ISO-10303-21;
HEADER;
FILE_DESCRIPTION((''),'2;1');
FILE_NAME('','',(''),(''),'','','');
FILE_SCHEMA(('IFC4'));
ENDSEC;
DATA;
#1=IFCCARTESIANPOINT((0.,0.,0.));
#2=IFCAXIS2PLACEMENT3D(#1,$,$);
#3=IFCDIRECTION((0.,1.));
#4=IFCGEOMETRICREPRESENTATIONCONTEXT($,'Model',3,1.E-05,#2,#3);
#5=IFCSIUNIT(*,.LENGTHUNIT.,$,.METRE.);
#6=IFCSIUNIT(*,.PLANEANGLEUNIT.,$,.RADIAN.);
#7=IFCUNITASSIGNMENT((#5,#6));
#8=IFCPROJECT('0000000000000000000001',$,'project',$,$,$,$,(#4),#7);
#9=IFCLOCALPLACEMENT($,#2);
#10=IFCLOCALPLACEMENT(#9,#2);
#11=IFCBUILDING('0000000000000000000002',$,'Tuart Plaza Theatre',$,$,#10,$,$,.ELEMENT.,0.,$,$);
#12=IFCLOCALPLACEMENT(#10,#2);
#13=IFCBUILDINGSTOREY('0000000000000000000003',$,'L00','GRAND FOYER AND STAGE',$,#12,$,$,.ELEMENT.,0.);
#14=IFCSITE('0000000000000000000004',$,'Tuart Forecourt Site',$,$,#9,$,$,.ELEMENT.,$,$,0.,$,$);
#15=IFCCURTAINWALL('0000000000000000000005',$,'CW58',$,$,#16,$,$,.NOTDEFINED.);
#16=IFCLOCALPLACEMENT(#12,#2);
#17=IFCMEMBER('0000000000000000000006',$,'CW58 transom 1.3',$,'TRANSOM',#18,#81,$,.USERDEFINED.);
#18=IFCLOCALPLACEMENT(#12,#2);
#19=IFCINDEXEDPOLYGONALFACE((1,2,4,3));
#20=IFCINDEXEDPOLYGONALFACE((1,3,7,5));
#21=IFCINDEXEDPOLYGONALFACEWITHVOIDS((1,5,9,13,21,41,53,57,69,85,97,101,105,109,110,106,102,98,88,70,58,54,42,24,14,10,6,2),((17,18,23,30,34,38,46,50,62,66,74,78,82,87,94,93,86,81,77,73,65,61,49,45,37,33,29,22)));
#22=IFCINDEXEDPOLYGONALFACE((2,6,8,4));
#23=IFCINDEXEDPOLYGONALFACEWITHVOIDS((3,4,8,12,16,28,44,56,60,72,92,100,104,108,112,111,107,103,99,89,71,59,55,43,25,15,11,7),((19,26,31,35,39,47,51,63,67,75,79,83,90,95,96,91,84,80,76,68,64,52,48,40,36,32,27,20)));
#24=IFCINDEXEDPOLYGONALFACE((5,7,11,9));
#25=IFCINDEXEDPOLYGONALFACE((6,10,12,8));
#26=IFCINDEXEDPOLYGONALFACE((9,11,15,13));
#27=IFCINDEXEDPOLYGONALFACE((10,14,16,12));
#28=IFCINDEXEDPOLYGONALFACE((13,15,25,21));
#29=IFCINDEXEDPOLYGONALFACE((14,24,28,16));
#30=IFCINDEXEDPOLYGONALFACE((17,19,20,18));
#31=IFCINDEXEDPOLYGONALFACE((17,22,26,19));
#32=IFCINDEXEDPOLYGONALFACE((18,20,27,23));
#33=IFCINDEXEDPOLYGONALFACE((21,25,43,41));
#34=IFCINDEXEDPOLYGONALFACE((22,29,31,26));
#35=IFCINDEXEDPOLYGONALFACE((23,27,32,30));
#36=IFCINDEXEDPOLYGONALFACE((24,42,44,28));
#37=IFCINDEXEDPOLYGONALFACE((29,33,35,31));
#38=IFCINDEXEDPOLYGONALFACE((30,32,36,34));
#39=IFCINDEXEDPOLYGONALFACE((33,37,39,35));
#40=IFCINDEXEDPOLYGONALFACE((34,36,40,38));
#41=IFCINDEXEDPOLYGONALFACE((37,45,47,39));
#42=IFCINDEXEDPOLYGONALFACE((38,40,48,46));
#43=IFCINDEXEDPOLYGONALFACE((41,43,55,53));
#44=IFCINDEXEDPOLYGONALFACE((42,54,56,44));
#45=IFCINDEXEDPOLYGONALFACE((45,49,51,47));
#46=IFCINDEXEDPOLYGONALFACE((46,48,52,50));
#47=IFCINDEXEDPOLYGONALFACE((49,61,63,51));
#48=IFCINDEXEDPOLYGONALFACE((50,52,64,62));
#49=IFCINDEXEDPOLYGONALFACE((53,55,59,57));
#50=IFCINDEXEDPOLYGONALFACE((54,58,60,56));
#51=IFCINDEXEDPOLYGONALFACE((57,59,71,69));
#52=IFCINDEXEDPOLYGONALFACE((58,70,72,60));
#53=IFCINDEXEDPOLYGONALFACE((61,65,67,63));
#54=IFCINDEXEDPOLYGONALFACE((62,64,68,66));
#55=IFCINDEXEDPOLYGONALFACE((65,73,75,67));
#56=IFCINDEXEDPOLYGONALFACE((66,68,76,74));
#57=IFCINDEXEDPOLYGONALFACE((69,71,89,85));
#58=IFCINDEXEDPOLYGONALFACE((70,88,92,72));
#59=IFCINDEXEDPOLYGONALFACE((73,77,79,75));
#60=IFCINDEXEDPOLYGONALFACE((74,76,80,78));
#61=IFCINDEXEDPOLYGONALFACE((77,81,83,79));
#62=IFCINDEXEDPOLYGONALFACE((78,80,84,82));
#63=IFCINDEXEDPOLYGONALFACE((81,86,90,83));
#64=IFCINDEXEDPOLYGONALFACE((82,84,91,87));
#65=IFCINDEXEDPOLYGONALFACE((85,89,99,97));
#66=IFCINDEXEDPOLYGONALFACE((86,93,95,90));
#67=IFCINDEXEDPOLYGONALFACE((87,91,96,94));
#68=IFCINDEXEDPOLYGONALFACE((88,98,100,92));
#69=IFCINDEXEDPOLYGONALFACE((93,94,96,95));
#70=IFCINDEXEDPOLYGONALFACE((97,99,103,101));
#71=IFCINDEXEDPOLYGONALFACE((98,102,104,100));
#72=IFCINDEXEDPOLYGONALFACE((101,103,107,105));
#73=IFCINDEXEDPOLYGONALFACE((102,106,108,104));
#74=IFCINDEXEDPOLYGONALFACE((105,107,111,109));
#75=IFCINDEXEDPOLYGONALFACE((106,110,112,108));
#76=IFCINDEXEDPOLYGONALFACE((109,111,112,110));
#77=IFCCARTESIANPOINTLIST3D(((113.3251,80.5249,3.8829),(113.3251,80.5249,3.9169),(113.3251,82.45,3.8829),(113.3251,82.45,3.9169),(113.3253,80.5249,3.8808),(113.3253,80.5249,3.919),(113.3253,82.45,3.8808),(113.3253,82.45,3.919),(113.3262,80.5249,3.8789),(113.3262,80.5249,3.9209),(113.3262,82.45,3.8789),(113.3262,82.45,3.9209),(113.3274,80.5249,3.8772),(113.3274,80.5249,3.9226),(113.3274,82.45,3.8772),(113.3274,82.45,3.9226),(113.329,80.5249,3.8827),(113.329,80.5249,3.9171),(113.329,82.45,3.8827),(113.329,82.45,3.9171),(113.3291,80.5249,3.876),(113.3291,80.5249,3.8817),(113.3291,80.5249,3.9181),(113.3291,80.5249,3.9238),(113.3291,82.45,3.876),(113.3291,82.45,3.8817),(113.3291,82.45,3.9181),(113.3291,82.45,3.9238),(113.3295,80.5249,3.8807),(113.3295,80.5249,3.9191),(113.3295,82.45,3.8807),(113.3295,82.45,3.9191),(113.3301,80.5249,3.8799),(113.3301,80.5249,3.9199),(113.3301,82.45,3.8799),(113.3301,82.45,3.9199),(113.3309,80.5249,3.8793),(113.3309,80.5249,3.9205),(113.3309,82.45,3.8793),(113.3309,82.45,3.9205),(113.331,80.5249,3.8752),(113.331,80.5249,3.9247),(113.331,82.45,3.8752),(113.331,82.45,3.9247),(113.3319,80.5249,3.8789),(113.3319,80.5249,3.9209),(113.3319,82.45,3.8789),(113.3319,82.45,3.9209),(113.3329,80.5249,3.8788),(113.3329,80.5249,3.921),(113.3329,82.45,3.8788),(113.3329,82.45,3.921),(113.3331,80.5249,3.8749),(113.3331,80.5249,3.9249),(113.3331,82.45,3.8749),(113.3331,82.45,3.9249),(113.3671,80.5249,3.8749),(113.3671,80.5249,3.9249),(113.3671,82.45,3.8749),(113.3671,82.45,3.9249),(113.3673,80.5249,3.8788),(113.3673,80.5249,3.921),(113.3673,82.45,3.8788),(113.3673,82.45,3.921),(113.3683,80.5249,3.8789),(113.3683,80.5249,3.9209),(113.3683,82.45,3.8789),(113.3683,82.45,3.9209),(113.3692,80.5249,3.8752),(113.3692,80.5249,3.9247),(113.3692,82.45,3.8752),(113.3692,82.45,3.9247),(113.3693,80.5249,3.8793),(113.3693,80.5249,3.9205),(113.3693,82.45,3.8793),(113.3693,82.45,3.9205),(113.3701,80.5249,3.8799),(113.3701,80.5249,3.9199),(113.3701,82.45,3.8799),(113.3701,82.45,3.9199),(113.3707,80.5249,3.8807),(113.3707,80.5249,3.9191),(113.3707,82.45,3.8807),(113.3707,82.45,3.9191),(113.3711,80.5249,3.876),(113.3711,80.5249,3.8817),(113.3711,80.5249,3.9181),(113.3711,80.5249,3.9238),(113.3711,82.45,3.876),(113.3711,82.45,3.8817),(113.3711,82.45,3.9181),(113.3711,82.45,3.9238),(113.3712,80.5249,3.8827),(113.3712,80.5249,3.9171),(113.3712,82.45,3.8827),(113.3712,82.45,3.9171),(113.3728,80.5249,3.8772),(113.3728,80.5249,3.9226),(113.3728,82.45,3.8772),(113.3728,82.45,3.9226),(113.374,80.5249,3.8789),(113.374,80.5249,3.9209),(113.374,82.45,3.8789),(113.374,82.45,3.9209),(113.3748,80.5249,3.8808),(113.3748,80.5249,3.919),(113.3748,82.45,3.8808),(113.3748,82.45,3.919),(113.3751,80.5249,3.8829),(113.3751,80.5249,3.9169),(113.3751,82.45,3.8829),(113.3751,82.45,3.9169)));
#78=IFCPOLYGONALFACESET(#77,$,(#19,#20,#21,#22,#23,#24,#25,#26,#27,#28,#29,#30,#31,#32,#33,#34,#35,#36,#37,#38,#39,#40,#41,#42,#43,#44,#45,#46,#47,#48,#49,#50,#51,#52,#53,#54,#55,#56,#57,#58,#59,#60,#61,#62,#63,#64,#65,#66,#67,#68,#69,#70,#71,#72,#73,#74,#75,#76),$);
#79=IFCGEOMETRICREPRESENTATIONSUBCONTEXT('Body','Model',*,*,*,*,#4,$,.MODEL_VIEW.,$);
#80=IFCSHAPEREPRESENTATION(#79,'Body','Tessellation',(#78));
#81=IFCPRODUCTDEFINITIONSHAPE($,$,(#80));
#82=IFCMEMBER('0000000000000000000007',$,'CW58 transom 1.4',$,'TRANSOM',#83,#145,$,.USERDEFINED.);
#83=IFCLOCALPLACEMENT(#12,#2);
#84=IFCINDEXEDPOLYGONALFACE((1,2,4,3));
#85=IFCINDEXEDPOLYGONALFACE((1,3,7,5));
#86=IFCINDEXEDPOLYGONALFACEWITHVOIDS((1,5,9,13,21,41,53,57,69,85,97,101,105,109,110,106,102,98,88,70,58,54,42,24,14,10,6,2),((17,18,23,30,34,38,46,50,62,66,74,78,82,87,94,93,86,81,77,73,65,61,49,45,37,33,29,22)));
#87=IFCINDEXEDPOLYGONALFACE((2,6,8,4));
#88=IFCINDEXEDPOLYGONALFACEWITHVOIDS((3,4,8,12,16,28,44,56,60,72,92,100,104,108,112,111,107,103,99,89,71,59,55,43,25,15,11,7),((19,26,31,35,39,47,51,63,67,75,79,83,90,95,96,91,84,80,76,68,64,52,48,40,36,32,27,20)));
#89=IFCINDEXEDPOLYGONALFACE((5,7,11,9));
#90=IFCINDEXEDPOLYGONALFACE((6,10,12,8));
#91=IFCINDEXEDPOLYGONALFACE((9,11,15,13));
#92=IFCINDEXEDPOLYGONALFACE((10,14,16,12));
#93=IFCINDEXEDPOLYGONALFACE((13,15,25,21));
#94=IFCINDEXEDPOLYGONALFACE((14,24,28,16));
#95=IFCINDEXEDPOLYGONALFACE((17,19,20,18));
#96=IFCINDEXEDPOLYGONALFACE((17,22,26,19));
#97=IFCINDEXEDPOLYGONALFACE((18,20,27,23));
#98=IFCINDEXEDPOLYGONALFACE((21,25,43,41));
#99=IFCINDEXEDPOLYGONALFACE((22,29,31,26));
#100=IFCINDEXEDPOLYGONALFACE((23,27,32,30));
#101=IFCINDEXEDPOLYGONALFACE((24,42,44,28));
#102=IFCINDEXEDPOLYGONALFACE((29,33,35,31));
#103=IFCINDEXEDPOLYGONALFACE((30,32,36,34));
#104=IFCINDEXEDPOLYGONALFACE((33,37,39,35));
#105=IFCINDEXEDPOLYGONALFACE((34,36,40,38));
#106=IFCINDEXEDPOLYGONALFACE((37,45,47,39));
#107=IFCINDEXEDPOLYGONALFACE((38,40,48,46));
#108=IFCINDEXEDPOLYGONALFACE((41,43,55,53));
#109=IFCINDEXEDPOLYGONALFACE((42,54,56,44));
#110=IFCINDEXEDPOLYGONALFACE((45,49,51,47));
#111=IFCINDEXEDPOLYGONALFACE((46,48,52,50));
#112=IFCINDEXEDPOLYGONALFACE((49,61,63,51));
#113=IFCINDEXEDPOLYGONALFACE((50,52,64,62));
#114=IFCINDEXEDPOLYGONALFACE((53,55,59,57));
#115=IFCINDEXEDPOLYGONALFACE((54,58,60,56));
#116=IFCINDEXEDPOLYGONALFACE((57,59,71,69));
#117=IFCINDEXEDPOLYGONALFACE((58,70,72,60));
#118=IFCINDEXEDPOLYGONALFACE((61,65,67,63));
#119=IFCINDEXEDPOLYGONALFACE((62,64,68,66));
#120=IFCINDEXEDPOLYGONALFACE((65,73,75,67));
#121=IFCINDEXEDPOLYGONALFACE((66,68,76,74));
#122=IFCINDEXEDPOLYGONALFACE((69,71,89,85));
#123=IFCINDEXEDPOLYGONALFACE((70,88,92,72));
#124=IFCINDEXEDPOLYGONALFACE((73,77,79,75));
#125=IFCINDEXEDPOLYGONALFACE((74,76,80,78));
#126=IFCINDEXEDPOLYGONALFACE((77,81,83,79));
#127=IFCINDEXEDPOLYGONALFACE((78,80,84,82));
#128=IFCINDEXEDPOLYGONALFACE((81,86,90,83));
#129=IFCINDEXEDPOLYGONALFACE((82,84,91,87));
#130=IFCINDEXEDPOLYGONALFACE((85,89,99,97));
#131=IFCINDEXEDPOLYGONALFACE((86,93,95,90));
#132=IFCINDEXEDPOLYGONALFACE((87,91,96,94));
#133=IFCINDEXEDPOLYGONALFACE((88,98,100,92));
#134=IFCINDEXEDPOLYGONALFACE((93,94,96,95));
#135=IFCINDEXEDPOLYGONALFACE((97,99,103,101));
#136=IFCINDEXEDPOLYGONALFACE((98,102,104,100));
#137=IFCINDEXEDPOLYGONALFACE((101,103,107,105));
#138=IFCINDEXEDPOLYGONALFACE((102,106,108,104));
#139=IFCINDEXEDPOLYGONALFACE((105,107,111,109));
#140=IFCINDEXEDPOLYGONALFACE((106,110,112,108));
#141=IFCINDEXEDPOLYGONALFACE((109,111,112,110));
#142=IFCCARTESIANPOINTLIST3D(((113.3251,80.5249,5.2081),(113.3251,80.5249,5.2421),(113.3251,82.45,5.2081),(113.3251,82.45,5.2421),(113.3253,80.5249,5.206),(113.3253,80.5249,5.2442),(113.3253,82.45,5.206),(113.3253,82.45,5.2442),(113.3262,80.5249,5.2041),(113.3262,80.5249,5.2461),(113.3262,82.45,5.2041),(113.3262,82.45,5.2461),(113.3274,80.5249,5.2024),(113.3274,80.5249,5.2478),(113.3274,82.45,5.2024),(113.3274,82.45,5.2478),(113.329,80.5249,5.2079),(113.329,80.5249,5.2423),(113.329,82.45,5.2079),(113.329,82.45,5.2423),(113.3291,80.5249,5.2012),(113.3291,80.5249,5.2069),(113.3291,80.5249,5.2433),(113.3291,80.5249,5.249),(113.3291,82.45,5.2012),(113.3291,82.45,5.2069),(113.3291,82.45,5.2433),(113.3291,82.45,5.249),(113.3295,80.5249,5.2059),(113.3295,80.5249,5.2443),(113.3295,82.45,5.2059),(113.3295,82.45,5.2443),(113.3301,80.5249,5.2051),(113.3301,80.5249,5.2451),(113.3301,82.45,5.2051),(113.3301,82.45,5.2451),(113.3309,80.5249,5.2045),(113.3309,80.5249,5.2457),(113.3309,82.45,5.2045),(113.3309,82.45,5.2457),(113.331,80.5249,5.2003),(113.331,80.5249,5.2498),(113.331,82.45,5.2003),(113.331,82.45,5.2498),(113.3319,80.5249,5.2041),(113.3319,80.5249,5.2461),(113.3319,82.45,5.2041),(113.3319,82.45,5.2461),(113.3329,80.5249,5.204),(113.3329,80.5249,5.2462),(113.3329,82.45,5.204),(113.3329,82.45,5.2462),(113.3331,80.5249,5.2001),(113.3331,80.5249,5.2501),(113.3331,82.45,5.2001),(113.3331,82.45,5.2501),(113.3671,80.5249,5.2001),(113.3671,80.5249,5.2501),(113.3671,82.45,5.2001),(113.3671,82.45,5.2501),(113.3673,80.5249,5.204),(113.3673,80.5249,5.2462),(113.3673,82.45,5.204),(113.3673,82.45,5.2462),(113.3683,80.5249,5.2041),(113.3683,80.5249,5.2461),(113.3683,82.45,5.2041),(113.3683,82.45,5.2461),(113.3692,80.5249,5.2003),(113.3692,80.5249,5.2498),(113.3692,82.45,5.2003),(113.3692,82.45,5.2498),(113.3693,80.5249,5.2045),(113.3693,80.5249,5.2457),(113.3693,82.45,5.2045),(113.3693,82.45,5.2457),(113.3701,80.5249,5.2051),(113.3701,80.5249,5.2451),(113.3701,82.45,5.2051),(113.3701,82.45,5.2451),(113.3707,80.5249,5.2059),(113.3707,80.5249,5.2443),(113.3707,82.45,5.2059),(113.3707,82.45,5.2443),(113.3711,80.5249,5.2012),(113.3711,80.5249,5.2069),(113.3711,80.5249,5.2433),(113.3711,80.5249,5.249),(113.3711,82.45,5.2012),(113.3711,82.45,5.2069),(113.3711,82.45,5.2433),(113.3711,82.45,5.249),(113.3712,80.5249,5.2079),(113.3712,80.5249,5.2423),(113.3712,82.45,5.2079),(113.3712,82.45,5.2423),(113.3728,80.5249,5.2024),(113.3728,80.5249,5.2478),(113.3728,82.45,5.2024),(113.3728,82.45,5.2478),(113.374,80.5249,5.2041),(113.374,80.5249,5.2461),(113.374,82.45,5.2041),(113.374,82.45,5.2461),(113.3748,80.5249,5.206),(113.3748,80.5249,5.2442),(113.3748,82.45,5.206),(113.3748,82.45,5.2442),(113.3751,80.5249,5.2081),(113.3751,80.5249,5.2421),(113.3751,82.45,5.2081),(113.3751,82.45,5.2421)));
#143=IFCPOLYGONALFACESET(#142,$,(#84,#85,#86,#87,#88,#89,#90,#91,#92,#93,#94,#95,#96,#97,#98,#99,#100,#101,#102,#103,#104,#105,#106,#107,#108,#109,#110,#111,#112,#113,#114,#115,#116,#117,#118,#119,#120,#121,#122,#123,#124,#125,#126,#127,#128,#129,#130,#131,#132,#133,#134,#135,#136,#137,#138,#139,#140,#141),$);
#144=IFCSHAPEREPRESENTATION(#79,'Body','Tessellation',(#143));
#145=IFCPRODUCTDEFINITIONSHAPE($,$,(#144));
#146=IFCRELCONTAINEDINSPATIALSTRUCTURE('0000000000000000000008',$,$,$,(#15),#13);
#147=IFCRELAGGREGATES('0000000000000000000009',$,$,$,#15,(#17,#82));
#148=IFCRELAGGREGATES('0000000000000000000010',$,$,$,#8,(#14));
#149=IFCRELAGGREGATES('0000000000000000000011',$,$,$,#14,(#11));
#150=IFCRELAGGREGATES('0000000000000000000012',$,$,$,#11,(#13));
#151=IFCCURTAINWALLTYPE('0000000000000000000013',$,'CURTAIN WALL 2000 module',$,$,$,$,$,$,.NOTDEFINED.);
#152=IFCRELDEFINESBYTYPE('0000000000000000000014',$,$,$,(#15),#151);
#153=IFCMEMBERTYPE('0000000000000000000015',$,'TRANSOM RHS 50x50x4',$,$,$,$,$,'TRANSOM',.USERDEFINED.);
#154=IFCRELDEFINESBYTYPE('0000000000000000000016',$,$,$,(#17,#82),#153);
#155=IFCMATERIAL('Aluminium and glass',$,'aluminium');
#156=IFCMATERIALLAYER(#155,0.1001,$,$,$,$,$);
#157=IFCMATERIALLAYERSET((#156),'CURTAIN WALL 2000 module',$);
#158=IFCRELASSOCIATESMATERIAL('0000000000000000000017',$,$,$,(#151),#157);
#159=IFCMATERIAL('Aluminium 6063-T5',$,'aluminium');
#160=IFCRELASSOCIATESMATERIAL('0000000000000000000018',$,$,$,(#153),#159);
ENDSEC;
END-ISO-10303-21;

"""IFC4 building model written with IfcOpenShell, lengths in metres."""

from ifc_helpers import new_model, si_unit, direction, frame, origin, origin_2d, place, context, subcontext, project, spatial, hollow_rectangle, extrude, material, layer, layer_set, material_profile, profile_set, type_object, element, aggregate, save


model = new_model("IFC4")

# Units and contexts
model_context = context("Model", 3, precision=1e-05, world=origin(), true_north=direction((0.0, 1.0)))
body_context = subcontext(model_context, "Body", "Model", "MODEL_VIEW")
ifc_project = project(units=[si_unit("LENGTHUNIT", "METRE"), si_unit("PLANEANGLEUNIT", "RADIAN")], contexts=[model_context])

# Site, building, storey
site_placement = place(None, origin())
site = spatial("IfcSite", under=ifc_project, at=site_placement, Name="Tuart Forecourt Site", CompositionType="ELEMENT", RefElevation=0.0)
building_placement = place(site_placement, origin())
building = spatial("IfcBuilding", under=site, at=building_placement, Name="Tuart Plaza Theatre", CompositionType="ELEMENT", ElevationOfRefHeight=0.0)
storey_placement = place(building_placement, origin())
storey = spatial("IfcBuildingStorey", under=building, at=storey_placement, Name="L00", Description="GRAND FOYER AND STAGE", CompositionType="ELEMENT", Elevation=0.0)

# Curtain wall
ifc_material_1 = material(Name="Aluminium and glass", Category="aluminium")
ifc_layer_1 = layer(ifc_material_1, 0.1001)
ifc_layer_set_1 = layer_set([ifc_layer_1], Name="CURTAIN WALL 2000 module")
curtain_wall_type = type_object("IfcCurtainWallType", Name="CURTAIN WALL 2000 module", PredefinedType="NOTDEFINED", material=ifc_layer_set_1)
curtain_wall_1_placement = place(storey_placement, origin())
curtain_wall_1 = element("IfcCurtainWall", 1, at=curtain_wall_1_placement, inside=storey, type_object=curtain_wall_type, Name="CW58", PredefinedType="NOTDEFINED")

# Members
ifc_material_2 = material(Name="Aluminium 6063-T5", Category="aluminium")
ifc_material_profile_1 = material_profile(ifc_material_2, hollow_rectangle(XDim=0.05, YDim=0.05, WallThickness=0.0039, InnerFilletRadius=0.0039, OuterFilletRadius=0.0081, at=origin_2d()), Name="RHS 50x50x4")
ifc_profile_set_1 = profile_set([ifc_material_profile_1], Name="Aluminium 6063-T5")
member_type_1 = type_object("IfcMemberType", Name="TRANSOM RHS 50x50x4", ElementType="TRANSOM", PredefinedType="USERDEFINED", material=ifc_profile_set_1)
member_1_placement = place(storey_placement, frame((113.3501, 82.45, 3.8999), z_axis=(0.0, -1.0, 0.0), x_axis=(1.0, 0.0, 0.0)))
member_1 = element("IfcMember", 2, at=member_1_placement, type_object=member_type_1, Name="CW58 transom 1.3", ObjectType="TRANSOM", PredefinedType="USERDEFINED", context=body_context, shape_type="SweptSolid", body=[
    extrude(hollow_rectangle(XDim=0.05, YDim=0.05, WallThickness=0.0039, InnerFilletRadius=0.0039, OuterFilletRadius=0.0081, at=origin_2d()), origin(), (0.0, 0.0, 1.0), 1.925),
])
member_2_placement = place(storey_placement, frame((113.3501, 82.45, 5.2251), z_axis=(0.0, -1.0, 0.0), x_axis=(1.0, 0.0, 0.0)))
member_2 = element("IfcMember", 3, at=member_2_placement, type_object=member_type_1, Name="CW58 transom 1.4", ObjectType="TRANSOM", PredefinedType="USERDEFINED", context=body_context, shape_type="SweptSolid", body=[
    extrude(hollow_rectangle(XDim=0.05, YDim=0.05, WallThickness=0.0039, InnerFilletRadius=0.0039, OuterFilletRadius=0.0081, at=origin_2d()), origin(), (0.0, 0.0, 1.0), 1.925),
])

aggregate(curtain_wall_1, [member_1, member_2])

save(model, "model.ifc")
